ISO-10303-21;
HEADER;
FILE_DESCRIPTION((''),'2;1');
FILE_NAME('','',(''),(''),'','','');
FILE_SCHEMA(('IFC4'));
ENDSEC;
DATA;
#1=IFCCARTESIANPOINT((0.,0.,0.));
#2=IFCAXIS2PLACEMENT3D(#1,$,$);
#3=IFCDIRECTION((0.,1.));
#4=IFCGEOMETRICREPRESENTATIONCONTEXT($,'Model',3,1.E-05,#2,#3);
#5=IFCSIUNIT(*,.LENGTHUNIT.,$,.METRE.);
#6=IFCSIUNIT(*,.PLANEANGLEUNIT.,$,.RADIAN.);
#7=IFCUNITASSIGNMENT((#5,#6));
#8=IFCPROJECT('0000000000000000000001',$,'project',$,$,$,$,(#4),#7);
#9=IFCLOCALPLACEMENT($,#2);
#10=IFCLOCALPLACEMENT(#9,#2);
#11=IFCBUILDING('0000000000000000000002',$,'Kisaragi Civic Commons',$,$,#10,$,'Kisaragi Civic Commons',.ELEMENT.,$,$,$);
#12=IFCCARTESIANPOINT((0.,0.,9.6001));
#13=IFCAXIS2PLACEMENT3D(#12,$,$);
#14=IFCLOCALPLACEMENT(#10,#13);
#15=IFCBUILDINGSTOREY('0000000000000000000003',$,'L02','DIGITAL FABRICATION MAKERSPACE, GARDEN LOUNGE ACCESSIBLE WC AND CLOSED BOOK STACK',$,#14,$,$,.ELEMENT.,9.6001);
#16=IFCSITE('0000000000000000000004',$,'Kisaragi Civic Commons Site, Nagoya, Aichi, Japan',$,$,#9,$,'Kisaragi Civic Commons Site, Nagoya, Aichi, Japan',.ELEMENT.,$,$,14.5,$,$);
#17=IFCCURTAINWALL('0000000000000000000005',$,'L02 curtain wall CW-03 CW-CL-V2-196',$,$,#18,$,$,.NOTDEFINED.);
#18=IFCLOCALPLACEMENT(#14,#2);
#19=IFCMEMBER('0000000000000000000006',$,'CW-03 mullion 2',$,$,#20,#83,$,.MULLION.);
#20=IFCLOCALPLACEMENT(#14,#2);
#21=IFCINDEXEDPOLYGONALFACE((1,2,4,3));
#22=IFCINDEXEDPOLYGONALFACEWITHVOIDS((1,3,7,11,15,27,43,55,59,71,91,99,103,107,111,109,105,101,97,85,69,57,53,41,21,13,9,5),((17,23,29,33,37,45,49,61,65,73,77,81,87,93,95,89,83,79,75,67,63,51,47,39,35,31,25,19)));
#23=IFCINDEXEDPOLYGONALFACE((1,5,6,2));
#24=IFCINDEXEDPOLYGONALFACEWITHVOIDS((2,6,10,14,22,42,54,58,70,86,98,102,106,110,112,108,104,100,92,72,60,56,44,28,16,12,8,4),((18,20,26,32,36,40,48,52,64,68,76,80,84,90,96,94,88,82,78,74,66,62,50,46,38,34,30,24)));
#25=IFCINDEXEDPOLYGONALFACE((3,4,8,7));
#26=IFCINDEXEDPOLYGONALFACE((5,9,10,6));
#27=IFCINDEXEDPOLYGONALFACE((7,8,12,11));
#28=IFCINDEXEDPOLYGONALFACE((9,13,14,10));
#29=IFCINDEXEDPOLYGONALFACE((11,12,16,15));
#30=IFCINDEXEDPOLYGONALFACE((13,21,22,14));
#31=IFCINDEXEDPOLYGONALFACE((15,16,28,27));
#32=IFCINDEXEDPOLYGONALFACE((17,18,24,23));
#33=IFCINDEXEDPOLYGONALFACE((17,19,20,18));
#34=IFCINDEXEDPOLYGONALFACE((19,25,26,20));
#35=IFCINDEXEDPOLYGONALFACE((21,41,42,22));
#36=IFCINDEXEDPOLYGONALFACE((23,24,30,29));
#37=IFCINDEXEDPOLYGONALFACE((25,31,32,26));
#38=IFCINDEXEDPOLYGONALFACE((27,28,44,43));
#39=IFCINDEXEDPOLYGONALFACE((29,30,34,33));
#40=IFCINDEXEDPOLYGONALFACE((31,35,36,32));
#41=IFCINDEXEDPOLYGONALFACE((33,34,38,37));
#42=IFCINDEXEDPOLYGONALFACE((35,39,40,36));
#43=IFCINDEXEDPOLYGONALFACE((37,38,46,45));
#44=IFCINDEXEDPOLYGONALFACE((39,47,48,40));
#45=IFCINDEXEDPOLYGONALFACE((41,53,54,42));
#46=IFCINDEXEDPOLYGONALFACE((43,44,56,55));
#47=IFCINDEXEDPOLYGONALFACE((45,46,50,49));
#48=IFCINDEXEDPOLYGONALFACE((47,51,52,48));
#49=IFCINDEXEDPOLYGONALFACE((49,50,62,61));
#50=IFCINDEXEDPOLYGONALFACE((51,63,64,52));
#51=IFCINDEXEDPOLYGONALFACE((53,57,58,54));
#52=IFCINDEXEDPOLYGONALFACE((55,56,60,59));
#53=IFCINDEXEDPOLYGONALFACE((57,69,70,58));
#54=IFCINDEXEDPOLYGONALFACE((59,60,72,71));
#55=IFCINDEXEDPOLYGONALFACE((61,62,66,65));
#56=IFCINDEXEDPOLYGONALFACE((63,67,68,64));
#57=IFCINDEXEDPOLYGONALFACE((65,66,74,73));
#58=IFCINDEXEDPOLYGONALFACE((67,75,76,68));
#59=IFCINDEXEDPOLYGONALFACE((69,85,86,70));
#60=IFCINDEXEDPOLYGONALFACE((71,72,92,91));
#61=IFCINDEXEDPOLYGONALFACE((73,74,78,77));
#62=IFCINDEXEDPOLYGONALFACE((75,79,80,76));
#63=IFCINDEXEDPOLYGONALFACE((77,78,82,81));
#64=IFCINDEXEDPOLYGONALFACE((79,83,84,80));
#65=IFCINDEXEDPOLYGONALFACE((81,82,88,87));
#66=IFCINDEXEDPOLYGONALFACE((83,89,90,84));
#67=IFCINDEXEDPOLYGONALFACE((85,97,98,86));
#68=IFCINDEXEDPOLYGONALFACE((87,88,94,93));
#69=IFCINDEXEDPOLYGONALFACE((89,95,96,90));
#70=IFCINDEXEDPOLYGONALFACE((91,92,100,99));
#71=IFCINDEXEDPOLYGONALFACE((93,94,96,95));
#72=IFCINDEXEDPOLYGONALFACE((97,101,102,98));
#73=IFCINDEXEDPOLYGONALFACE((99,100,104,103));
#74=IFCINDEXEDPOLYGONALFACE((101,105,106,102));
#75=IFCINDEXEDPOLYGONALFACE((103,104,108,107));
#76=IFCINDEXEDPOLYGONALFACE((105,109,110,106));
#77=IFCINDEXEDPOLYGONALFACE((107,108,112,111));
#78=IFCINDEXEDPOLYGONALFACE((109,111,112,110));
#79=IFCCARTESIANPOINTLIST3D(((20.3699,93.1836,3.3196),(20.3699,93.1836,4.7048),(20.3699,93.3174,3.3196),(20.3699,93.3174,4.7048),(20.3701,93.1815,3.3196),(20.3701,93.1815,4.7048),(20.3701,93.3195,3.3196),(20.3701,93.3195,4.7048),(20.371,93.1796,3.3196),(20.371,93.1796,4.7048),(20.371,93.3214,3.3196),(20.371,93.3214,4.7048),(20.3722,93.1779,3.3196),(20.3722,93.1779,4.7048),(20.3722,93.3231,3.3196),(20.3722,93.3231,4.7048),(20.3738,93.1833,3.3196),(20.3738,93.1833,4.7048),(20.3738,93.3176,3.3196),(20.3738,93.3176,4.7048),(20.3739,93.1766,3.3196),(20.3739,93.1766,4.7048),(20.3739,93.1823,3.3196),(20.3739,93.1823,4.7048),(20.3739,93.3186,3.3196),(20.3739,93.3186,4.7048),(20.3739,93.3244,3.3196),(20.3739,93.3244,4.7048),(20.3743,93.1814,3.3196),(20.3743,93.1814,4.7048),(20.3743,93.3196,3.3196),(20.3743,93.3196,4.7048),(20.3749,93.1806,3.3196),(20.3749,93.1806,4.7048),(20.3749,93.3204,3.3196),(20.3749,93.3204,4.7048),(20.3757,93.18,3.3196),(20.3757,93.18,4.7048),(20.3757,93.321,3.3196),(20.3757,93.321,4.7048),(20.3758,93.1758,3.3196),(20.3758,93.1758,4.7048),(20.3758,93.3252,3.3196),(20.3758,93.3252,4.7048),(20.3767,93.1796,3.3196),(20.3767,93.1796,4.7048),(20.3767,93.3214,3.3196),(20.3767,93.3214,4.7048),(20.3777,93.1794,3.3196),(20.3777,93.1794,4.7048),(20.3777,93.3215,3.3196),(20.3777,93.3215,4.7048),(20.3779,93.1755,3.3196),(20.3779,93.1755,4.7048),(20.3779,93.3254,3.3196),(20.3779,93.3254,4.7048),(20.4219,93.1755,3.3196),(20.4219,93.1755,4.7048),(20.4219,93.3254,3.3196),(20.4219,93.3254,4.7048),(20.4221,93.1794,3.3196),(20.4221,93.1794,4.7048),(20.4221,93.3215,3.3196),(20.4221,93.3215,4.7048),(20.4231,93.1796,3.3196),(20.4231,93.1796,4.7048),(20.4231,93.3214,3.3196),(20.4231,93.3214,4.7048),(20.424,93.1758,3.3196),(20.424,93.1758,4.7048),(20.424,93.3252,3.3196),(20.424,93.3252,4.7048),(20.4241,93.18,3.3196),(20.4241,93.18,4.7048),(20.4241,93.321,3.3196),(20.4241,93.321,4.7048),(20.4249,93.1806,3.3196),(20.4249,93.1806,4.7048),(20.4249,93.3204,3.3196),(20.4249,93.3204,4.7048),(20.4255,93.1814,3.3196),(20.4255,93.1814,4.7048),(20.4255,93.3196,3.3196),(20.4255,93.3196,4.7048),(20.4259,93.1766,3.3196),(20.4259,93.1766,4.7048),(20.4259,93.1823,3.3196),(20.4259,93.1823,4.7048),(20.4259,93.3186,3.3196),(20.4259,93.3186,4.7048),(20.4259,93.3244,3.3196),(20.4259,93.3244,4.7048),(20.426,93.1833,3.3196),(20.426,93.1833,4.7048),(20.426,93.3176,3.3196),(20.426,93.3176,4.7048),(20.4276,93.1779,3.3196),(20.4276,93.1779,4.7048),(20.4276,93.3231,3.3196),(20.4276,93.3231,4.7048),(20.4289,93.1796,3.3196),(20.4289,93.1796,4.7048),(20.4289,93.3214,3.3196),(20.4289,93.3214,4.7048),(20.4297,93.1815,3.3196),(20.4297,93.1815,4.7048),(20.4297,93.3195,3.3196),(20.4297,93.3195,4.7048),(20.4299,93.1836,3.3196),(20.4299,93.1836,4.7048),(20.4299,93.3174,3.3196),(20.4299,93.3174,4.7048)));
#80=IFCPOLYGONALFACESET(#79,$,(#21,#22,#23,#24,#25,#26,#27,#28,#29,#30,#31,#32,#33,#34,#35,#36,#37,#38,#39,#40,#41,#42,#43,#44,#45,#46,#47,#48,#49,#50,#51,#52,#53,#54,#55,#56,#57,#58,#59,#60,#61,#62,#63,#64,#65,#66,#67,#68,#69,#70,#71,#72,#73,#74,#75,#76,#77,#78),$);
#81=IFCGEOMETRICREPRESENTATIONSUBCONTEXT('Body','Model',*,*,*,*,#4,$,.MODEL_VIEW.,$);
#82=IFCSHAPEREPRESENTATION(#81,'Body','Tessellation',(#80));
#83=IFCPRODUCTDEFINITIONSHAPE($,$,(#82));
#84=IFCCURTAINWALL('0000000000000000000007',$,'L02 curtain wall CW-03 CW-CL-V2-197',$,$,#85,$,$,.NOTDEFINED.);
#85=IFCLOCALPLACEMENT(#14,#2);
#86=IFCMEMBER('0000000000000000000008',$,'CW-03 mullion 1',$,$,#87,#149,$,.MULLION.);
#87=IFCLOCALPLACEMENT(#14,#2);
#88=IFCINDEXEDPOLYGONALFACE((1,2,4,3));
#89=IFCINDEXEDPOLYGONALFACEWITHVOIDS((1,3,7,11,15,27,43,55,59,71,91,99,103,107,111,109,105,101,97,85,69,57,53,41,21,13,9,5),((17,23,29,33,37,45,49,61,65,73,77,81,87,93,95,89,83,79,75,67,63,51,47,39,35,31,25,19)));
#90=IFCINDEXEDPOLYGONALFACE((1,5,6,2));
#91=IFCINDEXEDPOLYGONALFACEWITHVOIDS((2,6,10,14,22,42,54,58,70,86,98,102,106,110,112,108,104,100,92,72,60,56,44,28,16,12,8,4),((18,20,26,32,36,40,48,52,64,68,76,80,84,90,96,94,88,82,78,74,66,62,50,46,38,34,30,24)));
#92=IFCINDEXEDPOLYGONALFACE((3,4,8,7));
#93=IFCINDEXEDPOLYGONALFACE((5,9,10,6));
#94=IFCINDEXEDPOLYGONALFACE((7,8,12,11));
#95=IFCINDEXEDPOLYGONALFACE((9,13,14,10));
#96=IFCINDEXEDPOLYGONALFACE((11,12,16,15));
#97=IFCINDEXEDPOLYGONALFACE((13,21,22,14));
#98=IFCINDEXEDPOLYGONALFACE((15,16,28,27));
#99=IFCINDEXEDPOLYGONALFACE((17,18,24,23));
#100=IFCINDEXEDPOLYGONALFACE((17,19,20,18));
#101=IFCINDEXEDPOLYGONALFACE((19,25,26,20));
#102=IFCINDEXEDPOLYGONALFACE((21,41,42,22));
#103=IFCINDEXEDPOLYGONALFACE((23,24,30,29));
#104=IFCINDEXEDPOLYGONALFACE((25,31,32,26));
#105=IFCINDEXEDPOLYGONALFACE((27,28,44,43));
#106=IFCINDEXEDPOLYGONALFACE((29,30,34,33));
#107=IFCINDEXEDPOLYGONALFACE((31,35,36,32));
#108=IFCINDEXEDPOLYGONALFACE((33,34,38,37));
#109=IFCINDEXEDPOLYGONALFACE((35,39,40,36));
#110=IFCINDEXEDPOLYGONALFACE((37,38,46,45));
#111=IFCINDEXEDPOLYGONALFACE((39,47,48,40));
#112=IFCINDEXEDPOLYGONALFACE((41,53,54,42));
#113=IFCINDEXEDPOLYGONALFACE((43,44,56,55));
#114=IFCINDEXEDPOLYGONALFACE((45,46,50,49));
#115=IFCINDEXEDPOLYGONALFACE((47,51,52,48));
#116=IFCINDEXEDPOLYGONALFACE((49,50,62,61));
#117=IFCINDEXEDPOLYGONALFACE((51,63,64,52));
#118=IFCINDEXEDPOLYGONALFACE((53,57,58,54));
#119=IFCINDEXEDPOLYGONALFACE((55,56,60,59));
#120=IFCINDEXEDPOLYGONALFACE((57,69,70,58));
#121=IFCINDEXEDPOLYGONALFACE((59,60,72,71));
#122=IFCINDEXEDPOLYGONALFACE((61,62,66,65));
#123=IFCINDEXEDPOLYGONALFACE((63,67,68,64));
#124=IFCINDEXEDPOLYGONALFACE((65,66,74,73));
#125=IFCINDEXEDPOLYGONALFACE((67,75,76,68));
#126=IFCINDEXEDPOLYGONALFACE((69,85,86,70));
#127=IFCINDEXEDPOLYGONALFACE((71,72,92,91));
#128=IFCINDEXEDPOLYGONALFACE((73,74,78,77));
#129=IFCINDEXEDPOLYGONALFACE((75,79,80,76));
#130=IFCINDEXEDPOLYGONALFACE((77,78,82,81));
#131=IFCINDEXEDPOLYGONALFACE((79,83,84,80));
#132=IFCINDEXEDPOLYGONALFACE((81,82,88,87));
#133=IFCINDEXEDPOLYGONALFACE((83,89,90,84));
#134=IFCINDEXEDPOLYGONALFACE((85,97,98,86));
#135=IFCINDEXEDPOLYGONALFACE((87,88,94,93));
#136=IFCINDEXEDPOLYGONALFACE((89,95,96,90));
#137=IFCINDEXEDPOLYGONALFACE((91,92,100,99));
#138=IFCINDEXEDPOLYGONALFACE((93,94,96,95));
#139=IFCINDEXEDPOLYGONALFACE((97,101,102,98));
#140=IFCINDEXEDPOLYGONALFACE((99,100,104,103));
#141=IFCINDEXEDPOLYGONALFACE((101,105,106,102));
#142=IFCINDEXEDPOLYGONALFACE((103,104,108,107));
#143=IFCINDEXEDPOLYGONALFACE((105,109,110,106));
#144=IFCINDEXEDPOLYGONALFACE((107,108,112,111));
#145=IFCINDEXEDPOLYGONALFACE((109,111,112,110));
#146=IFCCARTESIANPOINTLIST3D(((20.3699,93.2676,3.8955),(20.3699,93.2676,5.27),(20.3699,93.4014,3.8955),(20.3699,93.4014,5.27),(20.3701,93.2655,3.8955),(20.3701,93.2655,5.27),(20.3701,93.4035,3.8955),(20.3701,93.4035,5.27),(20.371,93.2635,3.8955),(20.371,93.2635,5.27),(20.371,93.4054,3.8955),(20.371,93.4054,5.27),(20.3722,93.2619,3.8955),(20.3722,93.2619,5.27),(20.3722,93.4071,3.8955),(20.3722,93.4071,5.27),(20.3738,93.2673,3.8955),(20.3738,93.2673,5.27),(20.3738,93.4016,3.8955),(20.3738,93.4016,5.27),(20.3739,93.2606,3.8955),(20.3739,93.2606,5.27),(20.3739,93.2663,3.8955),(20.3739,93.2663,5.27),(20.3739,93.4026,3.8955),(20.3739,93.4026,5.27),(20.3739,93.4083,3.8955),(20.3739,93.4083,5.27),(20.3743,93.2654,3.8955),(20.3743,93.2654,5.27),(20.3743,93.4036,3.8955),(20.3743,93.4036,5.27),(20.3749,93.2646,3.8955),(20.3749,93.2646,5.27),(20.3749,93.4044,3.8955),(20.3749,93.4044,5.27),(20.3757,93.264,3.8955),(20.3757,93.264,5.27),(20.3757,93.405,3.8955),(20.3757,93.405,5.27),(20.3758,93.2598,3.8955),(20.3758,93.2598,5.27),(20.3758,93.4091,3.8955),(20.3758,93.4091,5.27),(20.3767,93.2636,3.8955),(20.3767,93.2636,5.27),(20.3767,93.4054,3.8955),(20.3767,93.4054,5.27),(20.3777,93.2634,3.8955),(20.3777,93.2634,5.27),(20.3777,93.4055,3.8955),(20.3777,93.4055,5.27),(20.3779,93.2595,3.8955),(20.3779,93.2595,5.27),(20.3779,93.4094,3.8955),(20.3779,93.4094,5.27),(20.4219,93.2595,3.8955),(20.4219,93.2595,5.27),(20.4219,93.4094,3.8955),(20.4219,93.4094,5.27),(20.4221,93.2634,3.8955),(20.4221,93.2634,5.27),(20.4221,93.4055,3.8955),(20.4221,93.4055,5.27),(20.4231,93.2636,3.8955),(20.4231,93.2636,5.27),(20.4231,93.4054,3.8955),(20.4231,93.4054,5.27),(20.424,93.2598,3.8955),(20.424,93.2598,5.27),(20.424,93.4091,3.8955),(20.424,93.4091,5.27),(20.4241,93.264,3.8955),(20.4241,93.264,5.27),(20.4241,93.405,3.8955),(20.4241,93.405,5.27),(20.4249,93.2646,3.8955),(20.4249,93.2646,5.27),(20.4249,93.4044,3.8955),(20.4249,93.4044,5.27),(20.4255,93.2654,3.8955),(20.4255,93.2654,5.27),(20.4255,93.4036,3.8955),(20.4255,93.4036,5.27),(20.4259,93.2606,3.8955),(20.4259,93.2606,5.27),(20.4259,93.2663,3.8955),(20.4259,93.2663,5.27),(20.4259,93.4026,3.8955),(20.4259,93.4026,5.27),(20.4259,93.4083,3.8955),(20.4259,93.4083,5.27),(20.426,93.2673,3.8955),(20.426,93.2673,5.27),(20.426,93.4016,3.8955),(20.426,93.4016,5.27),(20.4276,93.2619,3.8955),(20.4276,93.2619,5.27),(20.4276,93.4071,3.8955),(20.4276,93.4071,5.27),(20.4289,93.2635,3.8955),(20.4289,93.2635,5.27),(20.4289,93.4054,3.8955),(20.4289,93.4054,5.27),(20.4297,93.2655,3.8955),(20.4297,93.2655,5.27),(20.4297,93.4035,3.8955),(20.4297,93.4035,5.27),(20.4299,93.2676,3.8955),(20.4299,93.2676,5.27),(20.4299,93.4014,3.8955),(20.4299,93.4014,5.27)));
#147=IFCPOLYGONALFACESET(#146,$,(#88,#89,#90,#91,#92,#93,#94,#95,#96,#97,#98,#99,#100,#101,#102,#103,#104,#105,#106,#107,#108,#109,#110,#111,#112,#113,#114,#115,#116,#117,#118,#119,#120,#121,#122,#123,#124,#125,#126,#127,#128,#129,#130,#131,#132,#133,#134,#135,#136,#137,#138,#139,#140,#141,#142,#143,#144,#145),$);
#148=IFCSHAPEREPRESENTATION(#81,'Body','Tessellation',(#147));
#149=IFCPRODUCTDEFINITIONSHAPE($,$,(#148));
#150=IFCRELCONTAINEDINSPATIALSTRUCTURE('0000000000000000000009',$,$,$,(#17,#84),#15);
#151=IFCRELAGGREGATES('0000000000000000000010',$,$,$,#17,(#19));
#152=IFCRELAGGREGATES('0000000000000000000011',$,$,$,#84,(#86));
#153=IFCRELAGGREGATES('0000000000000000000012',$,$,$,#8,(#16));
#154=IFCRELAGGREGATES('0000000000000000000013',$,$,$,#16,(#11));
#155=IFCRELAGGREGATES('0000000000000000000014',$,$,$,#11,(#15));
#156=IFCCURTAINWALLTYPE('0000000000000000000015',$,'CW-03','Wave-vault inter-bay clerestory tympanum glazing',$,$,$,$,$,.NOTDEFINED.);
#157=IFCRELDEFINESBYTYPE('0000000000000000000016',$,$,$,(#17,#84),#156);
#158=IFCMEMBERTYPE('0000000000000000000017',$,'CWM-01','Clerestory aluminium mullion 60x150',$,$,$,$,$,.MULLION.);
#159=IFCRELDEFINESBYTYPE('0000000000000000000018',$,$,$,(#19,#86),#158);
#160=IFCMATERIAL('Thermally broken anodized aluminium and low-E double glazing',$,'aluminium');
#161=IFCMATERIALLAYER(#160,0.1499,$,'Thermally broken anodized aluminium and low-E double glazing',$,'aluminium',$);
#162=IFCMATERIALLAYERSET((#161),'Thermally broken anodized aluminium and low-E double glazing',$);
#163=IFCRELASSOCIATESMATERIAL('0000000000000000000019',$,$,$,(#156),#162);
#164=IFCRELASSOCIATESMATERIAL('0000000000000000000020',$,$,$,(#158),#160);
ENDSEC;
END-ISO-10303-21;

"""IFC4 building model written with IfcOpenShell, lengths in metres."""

from ifc_helpers import new_model, si_unit, direction, frame, origin, origin_2d, place, context, subcontext, project, spatial, hollow_rectangle, extrude, material, layer, layer_set, material_profile, profile_set, type_object, element, aggregate, save


model = new_model("IFC4")

# Units and contexts
model_context = context("Model", 3, precision=1e-05, world=origin(), true_north=direction((0.0, 1.0)))
body_context = subcontext(model_context, "Body", "Model", "MODEL_VIEW")
ifc_project = project(units=[si_unit("LENGTHUNIT", "METRE"), si_unit("PLANEANGLEUNIT", "RADIAN")], contexts=[model_context])

# Site, building, storey
site_placement = place(None, origin())
site = spatial("IfcSite", under=ifc_project, at=site_placement, Name="Kisaragi Civic Commons Site, Nagoya, Aichi, Japan", LongName="Kisaragi Civic Commons Site, Nagoya, Aichi, Japan", CompositionType="ELEMENT", RefElevation=14.5)
building_placement = place(site_placement, origin())
building = spatial("IfcBuilding", under=site, at=building_placement, Name="Kisaragi Civic Commons", LongName="Kisaragi Civic Commons", CompositionType="ELEMENT")
storey_placement = place(building_placement, frame((0.0, 0.0, 9.6001)))
storey = spatial("IfcBuildingStorey", under=building, at=storey_placement, Name="L02", Description="DIGITAL FABRICATION MAKERSPACE, GARDEN LOUNGE ACCESSIBLE WC AND CLOSED BOOK STACK", CompositionType="ELEMENT", Elevation=9.6001)

# Curtain wall, member
ifc_material_1 = material(Name="Thermally broken anodized aluminium and low-E double glazing", Category="aluminium")
ifc_layer_1 = layer(ifc_material_1, 0.1499, Name="Thermally broken anodized aluminium and low-E double glazing", Category="aluminium")
ifc_layer_set_1 = layer_set([ifc_layer_1], Name="Thermally broken anodized aluminium and low-E double glazing")
curtain_wall_type = type_object("IfcCurtainWallType", Name="CW-03", Description="Wave-vault inter-bay clerestory tympanum glazing", PredefinedType="NOTDEFINED", material=ifc_layer_set_1)
curtain_wall_1_placement = place(storey_placement, origin())
curtain_wall_1 = element("IfcCurtainWall", 1, at=curtain_wall_1_placement, inside=storey, type_object=curtain_wall_type, Name="L02 curtain wall CW-03 CW-CL-V2-196", PredefinedType="NOTDEFINED")
ifc_material_profile_1 = material_profile(ifc_material_1, hollow_rectangle(XDim=0.0601, YDim=0.1499, WallThickness=0.0039, InnerFilletRadius=0.0039, OuterFilletRadius=0.0081, at=origin_2d()), Name="CWM-60x150x4", Category="aluminium")
ifc_profile_set_1 = profile_set([ifc_material_profile_1], Name="Thermally broken anodized aluminium and low-E double glazing")
member_type_1 = type_object("IfcMemberType", Name="CWM-01", Description="Clerestory aluminium mullion 60x150", PredefinedType="MULLION", material=ifc_profile_set_1)
member_1_placement = place(storey_placement, frame((20.3999, 93.2505, 3.3196), z_axis=(0.0, 0.0, 1.0), x_axis=(-1.0, 0.0, 0.0)))
member_1 = element("IfcMember", 2, at=member_1_placement, type_object=member_type_1, Name="CW-03 mullion 2", PredefinedType="MULLION", context=body_context, shape_type="SweptSolid", body=[
    extrude(hollow_rectangle(XDim=0.0601, YDim=0.1499, WallThickness=0.0039, InnerFilletRadius=0.0039, OuterFilletRadius=0.0081, at=origin_2d()), origin(), (0.0, 0.0, 1.0), 1.3853),
])

# Curtain wall, member
curtain_wall_2_placement = place(storey_placement, origin())
curtain_wall_2 = element("IfcCurtainWall", 3, at=curtain_wall_2_placement, inside=storey, type_object=curtain_wall_type, Name="L02 curtain wall CW-03 CW-CL-V2-197", PredefinedType="NOTDEFINED")
member_2_placement = place(storey_placement, frame((20.3999, 93.3345, 3.8955), z_axis=(0.0, 0.0, 1.0), x_axis=(-1.0, 0.0, 0.0)))
member_2 = element("IfcMember", 4, at=member_2_placement, type_object=member_type_1, Name="CW-03 mullion 1", PredefinedType="MULLION", context=body_context, shape_type="SweptSolid", body=[
    extrude(hollow_rectangle(XDim=0.0601, YDim=0.1499, WallThickness=0.0039, InnerFilletRadius=0.0039, OuterFilletRadius=0.0081, at=origin_2d()), origin(), (0.0, 0.0, 1.0), 1.3745),
])

aggregate(curtain_wall_1, [member_1])
aggregate(curtain_wall_2, [member_2])

save(model, "model.ifc")
